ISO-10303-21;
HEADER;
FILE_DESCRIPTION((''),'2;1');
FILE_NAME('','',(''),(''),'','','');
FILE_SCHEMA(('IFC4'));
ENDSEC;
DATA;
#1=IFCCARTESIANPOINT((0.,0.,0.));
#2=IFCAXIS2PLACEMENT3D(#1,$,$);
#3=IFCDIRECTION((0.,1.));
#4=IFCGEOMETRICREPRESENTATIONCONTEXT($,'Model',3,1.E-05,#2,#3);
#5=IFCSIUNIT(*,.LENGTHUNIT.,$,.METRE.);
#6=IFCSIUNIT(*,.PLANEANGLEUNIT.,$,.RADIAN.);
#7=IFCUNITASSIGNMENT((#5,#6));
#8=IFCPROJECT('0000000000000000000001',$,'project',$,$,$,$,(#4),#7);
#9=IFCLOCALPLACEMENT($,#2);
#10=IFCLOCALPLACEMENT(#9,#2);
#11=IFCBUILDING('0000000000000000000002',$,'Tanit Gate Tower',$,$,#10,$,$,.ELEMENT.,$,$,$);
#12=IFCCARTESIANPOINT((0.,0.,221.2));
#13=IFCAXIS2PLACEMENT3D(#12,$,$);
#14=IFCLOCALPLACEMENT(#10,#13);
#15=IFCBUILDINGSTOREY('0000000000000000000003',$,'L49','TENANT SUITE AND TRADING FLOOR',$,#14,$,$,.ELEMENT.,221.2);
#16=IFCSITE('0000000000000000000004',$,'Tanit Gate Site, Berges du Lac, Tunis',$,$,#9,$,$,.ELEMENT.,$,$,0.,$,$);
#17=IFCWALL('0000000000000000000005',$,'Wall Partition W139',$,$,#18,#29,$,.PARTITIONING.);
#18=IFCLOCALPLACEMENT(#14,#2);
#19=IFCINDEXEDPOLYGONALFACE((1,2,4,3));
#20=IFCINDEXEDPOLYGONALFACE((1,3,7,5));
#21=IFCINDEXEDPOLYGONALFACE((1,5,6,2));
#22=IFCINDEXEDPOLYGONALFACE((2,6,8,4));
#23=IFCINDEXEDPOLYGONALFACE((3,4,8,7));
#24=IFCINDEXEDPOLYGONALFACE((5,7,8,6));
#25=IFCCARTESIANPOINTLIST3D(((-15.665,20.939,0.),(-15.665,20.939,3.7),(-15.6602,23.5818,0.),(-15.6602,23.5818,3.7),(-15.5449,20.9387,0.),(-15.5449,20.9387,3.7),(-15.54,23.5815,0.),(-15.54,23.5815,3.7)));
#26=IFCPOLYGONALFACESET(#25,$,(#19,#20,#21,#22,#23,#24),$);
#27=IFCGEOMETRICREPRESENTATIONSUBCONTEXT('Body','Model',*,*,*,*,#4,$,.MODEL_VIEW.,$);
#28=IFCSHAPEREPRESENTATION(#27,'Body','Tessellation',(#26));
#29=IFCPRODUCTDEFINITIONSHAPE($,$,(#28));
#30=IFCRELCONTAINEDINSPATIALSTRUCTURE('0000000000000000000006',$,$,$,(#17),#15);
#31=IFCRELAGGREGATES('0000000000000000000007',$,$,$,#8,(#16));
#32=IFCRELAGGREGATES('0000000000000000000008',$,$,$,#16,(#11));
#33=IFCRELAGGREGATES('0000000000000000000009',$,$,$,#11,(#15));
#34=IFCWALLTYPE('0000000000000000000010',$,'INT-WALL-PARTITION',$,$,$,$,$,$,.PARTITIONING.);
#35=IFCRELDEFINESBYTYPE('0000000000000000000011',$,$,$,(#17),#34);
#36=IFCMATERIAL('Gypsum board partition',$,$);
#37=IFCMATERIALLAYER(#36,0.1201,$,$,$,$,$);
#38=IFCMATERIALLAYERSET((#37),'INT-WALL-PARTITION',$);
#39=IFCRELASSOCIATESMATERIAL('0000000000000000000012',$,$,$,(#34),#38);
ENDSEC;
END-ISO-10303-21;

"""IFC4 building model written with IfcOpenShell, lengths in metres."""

from ifc_helpers import new_model, si_unit, direction, frame, frame_2d, origin, place, context, subcontext, project, spatial, rectangle, extrude, material, layer, layer_set, type_object, element, save


model = new_model("IFC4")

# Units and contexts
model_context = context("Model", 3, precision=1e-05, world=origin(), true_north=direction((0.0, 1.0)))
body_context = subcontext(model_context, "Body", "Model", "MODEL_VIEW")
ifc_project = project(units=[si_unit("LENGTHUNIT", "METRE"), si_unit("PLANEANGLEUNIT", "RADIAN")], contexts=[model_context])

# Site, building, storey
site_placement = place(None, origin())
site = spatial("IfcSite", under=ifc_project, at=site_placement, Name="Tanit Gate Site, Berges du Lac, Tunis", CompositionType="ELEMENT", RefElevation=0.0)
building_placement = place(site_placement, origin())
building = spatial("IfcBuilding", under=site, at=building_placement, Name="Tanit Gate Tower", CompositionType="ELEMENT")
storey_placement = place(building_placement, frame((0.0, 0.0, 221.2)))
storey = spatial("IfcBuildingStorey", under=building, at=storey_placement, Name="L49", Description="TENANT SUITE AND TRADING FLOOR", CompositionType="ELEMENT", Elevation=221.2)

# Shared definitions
ifc_material_1 = material(Name="Gypsum board partition")
ifc_layer_1 = layer(ifc_material_1, 0.1201)
ifc_layer_set_1 = layer_set([ifc_layer_1], Name="INT-WALL-PARTITION")
wall_type_1 = type_object("IfcWallType", Name="INT-WALL-PARTITION", PredefinedType="PARTITIONING", material=ifc_layer_set_1)

# Wall
wall_1_placement = place(storey_placement, frame((-15.605, 20.939, 0.0), z_axis=(0.0, 0.0, 1.0), x_axis=(0.001848, 0.999998, 0.0)))
element("IfcWall", 1, at=wall_1_placement, inside=storey, type_object=wall_type_1, Name="Wall Partition W139", PredefinedType="PARTITIONING", context=body_context, shape_type="SweptSolid", body=[
    extrude(rectangle(XDim=2.6428, YDim=0.1201, at=frame_2d((1.3213, 0.0))), origin(), (0.0, 0.0, 1.0), 3.7),
])

save(model, "model.ifc")
